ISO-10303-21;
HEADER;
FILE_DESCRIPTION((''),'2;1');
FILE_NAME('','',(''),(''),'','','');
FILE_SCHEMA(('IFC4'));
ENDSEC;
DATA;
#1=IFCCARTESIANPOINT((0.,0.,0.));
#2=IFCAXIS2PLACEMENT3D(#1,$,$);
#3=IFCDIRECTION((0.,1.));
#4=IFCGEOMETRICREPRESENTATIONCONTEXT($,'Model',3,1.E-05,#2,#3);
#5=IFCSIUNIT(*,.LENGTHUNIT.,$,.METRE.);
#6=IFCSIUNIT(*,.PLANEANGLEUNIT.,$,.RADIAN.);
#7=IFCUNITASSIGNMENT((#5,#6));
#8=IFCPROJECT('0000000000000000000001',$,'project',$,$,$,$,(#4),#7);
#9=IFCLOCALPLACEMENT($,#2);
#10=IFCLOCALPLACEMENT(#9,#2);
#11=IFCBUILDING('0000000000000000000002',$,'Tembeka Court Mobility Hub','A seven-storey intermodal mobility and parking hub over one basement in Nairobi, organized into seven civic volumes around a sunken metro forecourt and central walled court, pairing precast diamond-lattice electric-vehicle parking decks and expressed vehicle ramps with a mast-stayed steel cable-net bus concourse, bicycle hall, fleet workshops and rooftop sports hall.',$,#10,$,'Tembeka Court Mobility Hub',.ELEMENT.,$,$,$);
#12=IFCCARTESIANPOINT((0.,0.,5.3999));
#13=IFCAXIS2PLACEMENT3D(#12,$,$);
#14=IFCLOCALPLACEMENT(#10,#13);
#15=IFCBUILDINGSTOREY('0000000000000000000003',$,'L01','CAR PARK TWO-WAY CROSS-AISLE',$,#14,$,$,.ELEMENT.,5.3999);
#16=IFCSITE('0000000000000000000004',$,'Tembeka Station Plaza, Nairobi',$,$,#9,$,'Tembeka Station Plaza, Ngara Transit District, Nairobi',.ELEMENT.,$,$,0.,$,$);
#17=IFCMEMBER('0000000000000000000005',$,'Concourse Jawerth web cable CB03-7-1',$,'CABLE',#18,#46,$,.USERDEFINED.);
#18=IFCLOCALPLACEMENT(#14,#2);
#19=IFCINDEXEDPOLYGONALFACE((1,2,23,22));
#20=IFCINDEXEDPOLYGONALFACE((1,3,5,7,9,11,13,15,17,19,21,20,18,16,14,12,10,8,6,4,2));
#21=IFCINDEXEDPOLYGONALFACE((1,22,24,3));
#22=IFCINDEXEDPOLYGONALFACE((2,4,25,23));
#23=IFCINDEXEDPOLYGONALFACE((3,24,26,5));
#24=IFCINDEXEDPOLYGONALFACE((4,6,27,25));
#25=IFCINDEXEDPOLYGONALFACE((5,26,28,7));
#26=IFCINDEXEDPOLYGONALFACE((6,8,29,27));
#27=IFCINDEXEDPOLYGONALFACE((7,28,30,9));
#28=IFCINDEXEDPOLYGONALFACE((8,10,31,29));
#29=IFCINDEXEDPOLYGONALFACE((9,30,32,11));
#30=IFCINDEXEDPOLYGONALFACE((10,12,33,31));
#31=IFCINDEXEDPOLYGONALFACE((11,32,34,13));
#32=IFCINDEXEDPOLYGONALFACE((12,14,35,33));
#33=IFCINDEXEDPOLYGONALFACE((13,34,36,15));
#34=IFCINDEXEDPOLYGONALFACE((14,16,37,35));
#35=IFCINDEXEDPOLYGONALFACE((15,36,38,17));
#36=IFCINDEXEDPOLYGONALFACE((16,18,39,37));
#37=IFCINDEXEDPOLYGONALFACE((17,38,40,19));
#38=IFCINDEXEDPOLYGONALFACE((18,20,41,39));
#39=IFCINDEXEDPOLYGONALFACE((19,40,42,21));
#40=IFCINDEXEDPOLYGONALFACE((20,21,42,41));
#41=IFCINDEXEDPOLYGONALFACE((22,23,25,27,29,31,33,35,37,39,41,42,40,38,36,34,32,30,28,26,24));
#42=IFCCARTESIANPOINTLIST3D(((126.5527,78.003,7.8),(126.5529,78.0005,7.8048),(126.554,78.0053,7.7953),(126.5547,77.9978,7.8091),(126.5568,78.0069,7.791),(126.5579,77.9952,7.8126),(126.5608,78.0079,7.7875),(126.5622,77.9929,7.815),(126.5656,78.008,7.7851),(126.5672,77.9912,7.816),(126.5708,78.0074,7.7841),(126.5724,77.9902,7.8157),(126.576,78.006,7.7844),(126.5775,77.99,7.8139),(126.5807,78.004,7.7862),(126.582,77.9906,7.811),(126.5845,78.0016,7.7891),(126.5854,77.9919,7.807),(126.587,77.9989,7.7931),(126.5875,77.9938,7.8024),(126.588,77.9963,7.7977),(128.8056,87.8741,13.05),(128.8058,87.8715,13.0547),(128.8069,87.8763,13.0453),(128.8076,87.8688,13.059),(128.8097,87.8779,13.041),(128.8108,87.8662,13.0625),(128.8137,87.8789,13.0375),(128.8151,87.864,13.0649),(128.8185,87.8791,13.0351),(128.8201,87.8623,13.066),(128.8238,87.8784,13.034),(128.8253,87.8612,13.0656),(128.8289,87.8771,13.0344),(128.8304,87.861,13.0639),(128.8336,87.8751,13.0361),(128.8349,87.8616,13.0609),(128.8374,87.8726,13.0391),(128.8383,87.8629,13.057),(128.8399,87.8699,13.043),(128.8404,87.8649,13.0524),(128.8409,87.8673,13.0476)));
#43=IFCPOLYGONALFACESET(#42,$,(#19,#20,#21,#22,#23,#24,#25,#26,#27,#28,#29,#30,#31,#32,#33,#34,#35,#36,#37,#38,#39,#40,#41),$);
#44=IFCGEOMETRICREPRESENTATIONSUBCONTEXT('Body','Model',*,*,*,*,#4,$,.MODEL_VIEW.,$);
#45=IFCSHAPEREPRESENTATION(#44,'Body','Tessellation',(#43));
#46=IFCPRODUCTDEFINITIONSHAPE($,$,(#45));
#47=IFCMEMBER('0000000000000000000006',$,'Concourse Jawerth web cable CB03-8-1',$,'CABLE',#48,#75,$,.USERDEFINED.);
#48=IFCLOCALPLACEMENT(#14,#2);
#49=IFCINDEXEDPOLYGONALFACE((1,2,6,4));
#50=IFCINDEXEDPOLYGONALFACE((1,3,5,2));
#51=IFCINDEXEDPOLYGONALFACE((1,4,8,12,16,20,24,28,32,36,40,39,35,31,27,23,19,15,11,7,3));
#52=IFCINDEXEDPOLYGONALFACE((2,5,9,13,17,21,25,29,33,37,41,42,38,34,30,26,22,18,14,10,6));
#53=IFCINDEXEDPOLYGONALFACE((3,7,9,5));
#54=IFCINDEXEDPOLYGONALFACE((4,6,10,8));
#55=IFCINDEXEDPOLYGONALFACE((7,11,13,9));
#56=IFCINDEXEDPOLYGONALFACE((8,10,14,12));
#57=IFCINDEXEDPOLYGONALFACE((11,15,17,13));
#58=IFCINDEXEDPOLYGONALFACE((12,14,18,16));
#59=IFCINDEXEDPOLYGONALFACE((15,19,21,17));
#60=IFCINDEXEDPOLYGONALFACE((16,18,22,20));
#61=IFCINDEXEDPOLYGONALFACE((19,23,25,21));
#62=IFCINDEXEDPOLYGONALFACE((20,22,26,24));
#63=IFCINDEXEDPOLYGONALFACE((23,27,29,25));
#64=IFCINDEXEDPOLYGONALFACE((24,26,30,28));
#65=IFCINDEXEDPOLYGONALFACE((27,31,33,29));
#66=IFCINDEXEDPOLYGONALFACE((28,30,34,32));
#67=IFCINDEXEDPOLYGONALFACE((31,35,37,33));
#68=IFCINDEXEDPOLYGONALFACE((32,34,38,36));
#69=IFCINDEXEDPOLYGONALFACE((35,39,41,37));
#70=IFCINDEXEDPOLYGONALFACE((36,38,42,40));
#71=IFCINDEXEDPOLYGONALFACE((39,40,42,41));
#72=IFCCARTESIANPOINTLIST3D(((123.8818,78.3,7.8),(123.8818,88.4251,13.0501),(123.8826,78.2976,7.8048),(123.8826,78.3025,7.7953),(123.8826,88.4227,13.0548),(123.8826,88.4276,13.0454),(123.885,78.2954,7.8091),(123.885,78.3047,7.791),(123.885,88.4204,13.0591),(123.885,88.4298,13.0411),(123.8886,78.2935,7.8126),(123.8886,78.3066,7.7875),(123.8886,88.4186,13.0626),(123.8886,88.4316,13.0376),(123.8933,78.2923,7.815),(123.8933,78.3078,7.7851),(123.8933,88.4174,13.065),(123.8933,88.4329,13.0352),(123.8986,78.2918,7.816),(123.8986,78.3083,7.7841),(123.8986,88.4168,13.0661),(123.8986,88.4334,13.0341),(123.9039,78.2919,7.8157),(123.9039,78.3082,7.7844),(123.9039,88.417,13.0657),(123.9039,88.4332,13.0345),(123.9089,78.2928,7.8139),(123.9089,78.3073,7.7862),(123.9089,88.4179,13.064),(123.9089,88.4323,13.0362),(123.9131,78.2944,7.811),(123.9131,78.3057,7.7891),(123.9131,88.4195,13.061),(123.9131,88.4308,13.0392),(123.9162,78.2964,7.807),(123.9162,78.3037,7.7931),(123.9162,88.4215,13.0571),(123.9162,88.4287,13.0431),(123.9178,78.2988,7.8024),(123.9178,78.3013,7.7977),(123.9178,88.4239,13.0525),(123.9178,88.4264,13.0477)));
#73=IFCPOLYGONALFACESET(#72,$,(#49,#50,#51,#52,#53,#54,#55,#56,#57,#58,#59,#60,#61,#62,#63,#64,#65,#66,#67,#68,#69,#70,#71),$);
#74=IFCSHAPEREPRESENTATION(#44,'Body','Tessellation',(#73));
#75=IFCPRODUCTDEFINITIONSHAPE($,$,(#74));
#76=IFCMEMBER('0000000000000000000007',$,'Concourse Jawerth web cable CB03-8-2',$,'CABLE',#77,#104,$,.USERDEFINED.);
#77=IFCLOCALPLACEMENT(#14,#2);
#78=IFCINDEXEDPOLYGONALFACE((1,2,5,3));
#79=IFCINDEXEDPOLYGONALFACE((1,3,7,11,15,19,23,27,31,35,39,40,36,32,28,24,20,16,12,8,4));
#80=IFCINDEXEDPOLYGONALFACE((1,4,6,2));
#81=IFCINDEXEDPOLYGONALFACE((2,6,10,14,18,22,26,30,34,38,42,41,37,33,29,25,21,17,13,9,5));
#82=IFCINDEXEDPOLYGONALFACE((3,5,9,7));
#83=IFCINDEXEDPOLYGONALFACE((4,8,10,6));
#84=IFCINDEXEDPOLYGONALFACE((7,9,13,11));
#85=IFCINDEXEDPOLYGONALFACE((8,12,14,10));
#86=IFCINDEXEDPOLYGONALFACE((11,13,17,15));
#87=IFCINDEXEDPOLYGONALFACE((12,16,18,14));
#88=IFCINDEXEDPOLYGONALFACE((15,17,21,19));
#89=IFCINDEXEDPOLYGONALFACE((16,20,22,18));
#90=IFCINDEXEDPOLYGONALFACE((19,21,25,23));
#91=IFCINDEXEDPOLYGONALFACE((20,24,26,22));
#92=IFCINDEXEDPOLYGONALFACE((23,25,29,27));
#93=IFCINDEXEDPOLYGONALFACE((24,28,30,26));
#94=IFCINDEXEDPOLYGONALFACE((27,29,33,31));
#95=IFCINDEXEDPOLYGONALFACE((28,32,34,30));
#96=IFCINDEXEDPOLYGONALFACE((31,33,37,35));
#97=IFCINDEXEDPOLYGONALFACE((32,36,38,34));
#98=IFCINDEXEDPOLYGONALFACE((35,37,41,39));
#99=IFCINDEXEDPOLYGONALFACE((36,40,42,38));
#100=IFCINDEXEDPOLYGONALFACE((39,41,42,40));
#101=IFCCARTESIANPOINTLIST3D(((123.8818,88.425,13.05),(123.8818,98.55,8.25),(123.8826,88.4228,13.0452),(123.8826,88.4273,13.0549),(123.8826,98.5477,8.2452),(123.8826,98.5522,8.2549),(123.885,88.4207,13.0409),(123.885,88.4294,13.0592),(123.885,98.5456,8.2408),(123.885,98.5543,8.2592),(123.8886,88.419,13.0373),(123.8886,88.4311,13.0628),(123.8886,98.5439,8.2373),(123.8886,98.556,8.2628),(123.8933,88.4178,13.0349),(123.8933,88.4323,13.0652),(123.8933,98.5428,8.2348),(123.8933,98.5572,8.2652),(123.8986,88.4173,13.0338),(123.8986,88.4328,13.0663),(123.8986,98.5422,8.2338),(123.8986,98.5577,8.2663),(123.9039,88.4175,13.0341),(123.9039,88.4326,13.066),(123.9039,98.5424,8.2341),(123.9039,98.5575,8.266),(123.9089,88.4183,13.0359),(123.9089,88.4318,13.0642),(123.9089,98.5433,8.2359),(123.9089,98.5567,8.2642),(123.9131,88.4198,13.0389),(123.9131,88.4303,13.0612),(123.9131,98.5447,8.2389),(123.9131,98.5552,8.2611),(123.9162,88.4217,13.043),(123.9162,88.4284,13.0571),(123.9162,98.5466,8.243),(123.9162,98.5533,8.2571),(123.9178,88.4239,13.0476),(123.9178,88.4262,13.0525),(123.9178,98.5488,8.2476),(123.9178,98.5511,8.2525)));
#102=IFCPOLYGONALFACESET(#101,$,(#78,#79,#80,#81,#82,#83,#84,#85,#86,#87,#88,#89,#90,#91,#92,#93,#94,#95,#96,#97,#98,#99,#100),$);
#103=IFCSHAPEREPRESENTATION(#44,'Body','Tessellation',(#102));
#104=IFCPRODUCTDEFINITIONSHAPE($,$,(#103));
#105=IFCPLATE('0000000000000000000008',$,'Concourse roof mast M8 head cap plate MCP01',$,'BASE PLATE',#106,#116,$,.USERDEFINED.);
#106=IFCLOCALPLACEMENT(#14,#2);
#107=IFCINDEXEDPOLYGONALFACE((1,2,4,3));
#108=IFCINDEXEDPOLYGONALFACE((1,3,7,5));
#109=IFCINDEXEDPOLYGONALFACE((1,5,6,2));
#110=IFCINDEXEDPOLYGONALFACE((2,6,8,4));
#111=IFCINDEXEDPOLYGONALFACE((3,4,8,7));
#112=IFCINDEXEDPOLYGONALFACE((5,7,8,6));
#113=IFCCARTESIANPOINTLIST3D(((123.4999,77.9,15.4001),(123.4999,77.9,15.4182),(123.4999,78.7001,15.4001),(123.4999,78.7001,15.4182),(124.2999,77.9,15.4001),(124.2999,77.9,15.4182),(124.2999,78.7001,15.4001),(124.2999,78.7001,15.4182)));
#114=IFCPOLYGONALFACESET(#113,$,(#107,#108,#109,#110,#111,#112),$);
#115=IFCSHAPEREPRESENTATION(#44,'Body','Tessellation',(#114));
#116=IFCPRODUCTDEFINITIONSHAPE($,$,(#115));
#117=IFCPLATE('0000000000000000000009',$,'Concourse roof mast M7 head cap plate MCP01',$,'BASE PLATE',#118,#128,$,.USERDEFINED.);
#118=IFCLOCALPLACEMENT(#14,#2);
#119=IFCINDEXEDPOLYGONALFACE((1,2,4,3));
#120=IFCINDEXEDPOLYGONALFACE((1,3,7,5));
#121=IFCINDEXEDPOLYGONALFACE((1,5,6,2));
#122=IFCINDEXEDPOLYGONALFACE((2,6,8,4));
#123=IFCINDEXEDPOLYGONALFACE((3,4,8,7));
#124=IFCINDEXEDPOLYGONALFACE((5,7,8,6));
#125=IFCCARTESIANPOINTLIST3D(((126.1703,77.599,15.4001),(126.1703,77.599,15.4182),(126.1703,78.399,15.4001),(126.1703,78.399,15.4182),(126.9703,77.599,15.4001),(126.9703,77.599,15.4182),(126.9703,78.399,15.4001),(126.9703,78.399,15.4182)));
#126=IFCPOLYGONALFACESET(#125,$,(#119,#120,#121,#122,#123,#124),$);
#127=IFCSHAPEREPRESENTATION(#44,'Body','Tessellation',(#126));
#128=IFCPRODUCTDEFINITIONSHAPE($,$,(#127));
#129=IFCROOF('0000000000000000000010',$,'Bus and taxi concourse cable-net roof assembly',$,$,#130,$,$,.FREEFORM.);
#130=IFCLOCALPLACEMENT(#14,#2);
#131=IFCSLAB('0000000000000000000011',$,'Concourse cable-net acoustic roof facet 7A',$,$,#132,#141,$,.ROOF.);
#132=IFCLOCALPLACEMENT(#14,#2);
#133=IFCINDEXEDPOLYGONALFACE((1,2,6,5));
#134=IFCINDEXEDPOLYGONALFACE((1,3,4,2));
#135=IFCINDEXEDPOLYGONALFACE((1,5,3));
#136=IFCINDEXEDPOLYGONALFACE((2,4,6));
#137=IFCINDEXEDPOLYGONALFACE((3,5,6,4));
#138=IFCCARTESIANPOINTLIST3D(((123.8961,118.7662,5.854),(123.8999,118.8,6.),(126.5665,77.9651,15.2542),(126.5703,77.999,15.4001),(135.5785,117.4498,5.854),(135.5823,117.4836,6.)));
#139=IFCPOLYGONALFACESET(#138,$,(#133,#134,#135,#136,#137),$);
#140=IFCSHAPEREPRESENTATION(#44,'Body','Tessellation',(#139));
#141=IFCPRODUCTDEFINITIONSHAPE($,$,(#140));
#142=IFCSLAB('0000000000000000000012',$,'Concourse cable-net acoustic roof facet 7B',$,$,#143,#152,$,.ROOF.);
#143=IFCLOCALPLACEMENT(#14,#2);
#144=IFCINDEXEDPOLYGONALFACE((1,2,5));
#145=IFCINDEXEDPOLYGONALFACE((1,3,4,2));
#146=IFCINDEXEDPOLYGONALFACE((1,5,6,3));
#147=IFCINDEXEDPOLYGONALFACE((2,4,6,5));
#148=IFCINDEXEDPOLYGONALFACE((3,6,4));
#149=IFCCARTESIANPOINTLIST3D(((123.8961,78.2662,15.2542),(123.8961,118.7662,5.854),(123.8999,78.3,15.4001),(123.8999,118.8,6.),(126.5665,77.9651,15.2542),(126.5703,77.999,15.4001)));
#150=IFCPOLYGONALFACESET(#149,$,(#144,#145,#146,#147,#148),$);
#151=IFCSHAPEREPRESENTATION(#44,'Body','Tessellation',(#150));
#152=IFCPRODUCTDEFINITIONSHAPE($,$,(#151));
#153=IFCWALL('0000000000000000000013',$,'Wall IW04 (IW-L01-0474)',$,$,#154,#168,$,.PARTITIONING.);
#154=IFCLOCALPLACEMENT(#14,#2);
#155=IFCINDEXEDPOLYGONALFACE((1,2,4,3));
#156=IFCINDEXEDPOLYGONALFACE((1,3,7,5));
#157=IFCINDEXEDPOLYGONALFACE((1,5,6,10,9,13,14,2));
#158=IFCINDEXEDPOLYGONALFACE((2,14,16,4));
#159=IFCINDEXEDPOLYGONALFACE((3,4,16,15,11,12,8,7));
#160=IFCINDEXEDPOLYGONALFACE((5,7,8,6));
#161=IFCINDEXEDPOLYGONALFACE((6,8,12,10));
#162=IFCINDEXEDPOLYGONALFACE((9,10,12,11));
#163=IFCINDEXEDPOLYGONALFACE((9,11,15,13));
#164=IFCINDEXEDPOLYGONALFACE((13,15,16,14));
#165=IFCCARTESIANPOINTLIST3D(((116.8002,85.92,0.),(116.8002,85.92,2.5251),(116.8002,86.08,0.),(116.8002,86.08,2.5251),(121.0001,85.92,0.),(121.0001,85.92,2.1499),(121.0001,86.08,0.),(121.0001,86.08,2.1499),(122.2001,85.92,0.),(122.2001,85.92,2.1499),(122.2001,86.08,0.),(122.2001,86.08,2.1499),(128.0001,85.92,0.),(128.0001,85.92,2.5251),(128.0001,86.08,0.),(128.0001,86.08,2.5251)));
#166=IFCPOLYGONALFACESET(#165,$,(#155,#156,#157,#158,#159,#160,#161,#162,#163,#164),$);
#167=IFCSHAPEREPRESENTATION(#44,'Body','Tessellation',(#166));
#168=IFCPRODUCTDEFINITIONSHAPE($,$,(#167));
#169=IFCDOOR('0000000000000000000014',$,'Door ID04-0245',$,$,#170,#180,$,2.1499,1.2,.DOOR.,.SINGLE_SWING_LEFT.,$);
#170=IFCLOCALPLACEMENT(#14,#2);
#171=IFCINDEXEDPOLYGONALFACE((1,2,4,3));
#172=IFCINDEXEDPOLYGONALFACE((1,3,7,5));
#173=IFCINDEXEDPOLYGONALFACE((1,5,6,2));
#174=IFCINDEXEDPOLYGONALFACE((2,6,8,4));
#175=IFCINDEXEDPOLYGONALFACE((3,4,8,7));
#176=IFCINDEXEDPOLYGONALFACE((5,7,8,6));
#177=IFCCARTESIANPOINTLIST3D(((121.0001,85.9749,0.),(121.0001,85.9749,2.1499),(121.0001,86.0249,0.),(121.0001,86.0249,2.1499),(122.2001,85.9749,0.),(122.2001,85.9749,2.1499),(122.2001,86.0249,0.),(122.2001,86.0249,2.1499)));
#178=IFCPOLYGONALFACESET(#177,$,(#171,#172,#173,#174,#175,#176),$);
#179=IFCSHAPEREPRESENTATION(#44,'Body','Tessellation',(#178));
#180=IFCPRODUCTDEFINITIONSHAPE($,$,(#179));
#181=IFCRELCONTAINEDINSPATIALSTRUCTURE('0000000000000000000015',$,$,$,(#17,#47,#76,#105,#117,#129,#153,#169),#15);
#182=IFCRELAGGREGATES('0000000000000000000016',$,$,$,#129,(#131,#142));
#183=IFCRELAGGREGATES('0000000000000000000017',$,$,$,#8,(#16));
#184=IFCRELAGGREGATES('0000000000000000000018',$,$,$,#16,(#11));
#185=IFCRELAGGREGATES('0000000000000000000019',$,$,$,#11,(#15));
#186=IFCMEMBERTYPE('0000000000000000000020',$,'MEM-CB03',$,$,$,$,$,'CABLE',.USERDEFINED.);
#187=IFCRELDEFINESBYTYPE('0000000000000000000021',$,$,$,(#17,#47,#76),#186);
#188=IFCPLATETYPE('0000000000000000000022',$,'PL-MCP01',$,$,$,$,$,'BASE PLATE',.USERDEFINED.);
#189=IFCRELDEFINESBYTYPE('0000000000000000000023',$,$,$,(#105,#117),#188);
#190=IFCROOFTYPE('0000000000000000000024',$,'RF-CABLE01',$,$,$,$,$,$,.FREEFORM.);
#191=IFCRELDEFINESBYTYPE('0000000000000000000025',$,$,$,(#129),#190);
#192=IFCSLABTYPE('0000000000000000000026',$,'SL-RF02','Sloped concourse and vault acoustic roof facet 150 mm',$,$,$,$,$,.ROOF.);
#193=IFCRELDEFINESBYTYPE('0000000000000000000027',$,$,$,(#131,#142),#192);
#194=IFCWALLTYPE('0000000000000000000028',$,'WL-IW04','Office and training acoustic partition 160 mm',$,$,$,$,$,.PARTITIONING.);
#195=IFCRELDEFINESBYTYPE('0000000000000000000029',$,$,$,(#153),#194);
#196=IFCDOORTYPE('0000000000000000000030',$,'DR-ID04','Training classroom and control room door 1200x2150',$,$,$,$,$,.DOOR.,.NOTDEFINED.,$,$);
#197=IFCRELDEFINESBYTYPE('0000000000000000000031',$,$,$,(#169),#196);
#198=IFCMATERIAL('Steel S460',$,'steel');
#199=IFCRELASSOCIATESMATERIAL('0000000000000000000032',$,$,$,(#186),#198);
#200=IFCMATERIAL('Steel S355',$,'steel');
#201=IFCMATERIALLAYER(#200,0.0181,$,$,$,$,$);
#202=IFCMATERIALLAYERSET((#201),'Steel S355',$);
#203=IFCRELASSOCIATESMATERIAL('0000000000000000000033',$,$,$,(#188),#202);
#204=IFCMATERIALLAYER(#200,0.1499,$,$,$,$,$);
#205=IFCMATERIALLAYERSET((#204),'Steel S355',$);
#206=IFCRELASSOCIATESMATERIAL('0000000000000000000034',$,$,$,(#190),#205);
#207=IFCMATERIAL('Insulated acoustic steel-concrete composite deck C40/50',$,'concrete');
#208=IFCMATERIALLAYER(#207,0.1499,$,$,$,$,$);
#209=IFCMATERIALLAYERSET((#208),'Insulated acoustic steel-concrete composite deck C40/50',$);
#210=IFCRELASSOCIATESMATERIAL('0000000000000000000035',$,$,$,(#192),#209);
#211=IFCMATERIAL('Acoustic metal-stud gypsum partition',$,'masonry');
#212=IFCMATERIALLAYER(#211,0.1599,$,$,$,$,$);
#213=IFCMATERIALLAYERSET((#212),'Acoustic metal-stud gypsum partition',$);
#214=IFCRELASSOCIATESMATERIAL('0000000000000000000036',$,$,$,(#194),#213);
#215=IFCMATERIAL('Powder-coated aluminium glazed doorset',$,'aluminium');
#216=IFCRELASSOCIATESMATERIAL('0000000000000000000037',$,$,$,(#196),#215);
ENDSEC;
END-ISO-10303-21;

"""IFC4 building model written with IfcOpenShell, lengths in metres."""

from ifc_helpers import new_model, si_unit, direction, frame, frame_2d, origin, origin_2d, place, context, subcontext, project, spatial, polyline, rectangle, circle, outline, extrude, material, layer, layer_set, material_profile, profile_set, type_object, element, fill, aggregate, save


model = new_model("IFC4")

# Units and contexts
model_context = context("Model", 3, precision=1e-05, world=origin(), true_north=direction((0.0, 1.0)))
body_context = subcontext(model_context, "Body", "Model", "MODEL_VIEW")
ifc_project = project(units=[si_unit("LENGTHUNIT", "METRE"), si_unit("PLANEANGLEUNIT", "RADIAN")], contexts=[model_context])

# Site, building, storey
site_placement = place(None, origin())
site = spatial("IfcSite", under=ifc_project, at=site_placement, Name="Tembeka Station Plaza, Nairobi", LongName="Tembeka Station Plaza, Ngara Transit District, Nairobi", CompositionType="ELEMENT", RefElevation=0.0)
building_placement = place(site_placement, origin())
building = spatial("IfcBuilding", under=site, at=building_placement, Name="Tembeka Court Mobility Hub", Description="A seven-storey intermodal mobility and parking hub over one basement in Nairobi, organized into seven civic volumes around a sunken metro forecourt and central walled court, pairing precast diamond-lattice electric-vehicle parking decks and expressed vehicle ramps with a mast-stayed steel cable-net bus concourse, bicycle hall, fleet workshops and rooftop sports hall.", LongName="Tembeka Court Mobility Hub", CompositionType="ELEMENT")
storey_placement = place(building_placement, frame((0.0, 0.0, 5.3999)))
storey = spatial("IfcBuildingStorey", under=building, at=storey_placement, Name="L01", Description="CAR PARK TWO-WAY CROSS-AISLE", CompositionType="ELEMENT", Elevation=5.3999)

# Shared definitions
ifc_material_1 = material(Name="Steel S355", Category="steel")

# Members
ifc_material_2 = material(Name="Steel S460", Category="steel")
ifc_material_profile_1 = material_profile(ifc_material_2, circle(Radius=0.0181, at=origin_2d()), Name="CABLE D36")
ifc_profile_set_1 = profile_set([ifc_material_profile_1], Name="Steel S460")
member_type_1 = type_object("IfcMemberType", Name="MEM-CB03", ElementType="CABLE", PredefinedType="USERDEFINED", material=ifc_profile_set_1)
member_1_placement = place(storey_placement, frame((126.5703, 77.999, 7.8), z_axis=(0.197537, 0.865497, 0.46032), x_axis=(-0.97493, 0.222513, 0.0)))
element("IfcMember", 1, at=member_1_placement, inside=storey, type_object=member_type_1, Name="Concourse Jawerth web cable CB03-7-1", ObjectType="CABLE", PredefinedType="USERDEFINED", context=body_context, shape_type="SweptSolid", body=[
    extrude(circle(Radius=0.0181, at=origin_2d()), origin(), (0.0, 0.0, 1.0), 11.405),
])
member_2_placement = place(storey_placement, frame((123.8999, 78.3, 7.8), z_axis=(0.0, 0.887755, 0.460317), x_axis=(-1.0, 0.0, 0.0)))
element("IfcMember", 2, at=member_2_placement, inside=storey, type_object=member_type_1, Name="Concourse Jawerth web cable CB03-8-1", ObjectType="CABLE", PredefinedType="USERDEFINED", context=body_context, shape_type="SweptSolid", body=[
    extrude(circle(Radius=0.0181, at=origin_2d()), origin(), (0.0, 0.0, 1.0), 11.4053),
])
member_3_placement = place(storey_placement, frame((123.8999, 88.425, 13.05), z_axis=(0.0, 0.9036, -0.428378), x_axis=(-1.0, 0.0, 0.0)))
element("IfcMember", 3, at=member_3_placement, inside=storey, type_object=member_type_1, Name="Concourse Jawerth web cable CB03-8-2", ObjectType="CABLE", PredefinedType="USERDEFINED", context=body_context, shape_type="SweptSolid", body=[
    extrude(circle(Radius=0.0181, at=origin_2d()), origin(), (0.0, 0.0, 1.0), 11.2051),
])

# Plates
ifc_layer_1 = layer(ifc_material_1, 0.0181)
ifc_layer_set_1 = layer_set([ifc_layer_1], Name="Steel S355")
plate_type = type_object("IfcPlateType", Name="PL-MCP01", ElementType="BASE PLATE", PredefinedType="USERDEFINED", material=ifc_layer_set_1)
for number, where, z_axis, x_axis, name in (
    (4, (123.8999, 78.3, 15.4001), (0.0, 0.0, 1.0), (1.0, 0.0, 0.0), "Concourse roof mast M8 head cap plate MCP01"),
    (5, (126.5703, 77.999, 15.4001), (0.0, 0.0, 1.0), (1.0, 0.0, 0.0), "Concourse roof mast M7 head cap plate MCP01"),
):
    element("IfcPlate", number, at=place(storey_placement, frame(where, z_axis=z_axis, x_axis=x_axis)), inside=storey, type_object=plate_type, Name=name, ObjectType="BASE PLATE", PredefinedType="USERDEFINED", context=body_context, shape_type="SweptSolid", body=[
        extrude(rectangle(XDim=0.8, YDim=0.8, at=origin_2d()), origin(), (0.0, 0.0, 1.0), 0.0181),
    ])

# Roof, slabs
ifc_layer_2 = layer(ifc_material_1, 0.1499)
ifc_layer_set_2 = layer_set([ifc_layer_2], Name="Steel S355")
roof_type = type_object("IfcRoofType", Name="RF-CABLE01", PredefinedType="FREEFORM", material=ifc_layer_set_2)
roof_placement = place(storey_placement, origin())
roof = element("IfcRoof", 6, at=roof_placement, inside=storey, type_object=roof_type, Name="Bus and taxi concourse cable-net roof assembly", PredefinedType="FREEFORM")
ifc_material_3 = material(Name="Insulated acoustic steel-concrete composite deck C40/50", Category="concrete")
ifc_layer_3 = layer(ifc_material_3, 0.1499)
ifc_layer_set_3 = layer_set([ifc_layer_3], Name="Insulated acoustic steel-concrete composite deck C40/50")
slab_type = type_object("IfcSlabType", Name="SL-RF02", Description="Sloped concourse and vault acoustic roof facet 150 mm", PredefinedType="ROOF", material=ifc_layer_set_3)
slab_1_placement = place(storey_placement, frame((126.5703, 77.999, 15.4001), z_axis=(0.025468, 0.226018, 0.97379), x_axis=(0.216756, 0.949684, -0.226092)))
slab_1 = element("IfcSlab", 7, at=slab_1_placement, type_object=slab_type, Name="Concourse cable-net acoustic roof facet 7A", PredefinedType="ROOF", context=body_context, shape_type="SweptSolid", body=[
    extrude(outline(polyline([(0.0, 0.0), (41.5766, 0.0), (40.2945, 11.6862), (0.0, 0.0)])), origin(), (0.0, 0.0, -1.0), 0.1499),
])
slab_2_placement = place(storey_placement, frame((126.5703, 77.999, 15.4001), z_axis=(0.025478, 0.226019, 0.97379), x_axis=(-0.063649, 0.972496, -0.224053)))
slab_2 = element("IfcSlab", 8, at=slab_2_placement, type_object=slab_type, Name="Concourse cable-net acoustic roof facet 7B", PredefinedType="ROOF", context=body_context, shape_type="SweptSolid", body=[
    extrude(outline(polyline([(0.0, 0.0), (41.9549, 0.0), (0.4627, 2.6472), (0.0, 0.0)])), origin(), (0.0, 0.0, -1.0), 0.1499),
])
aggregate(roof, [slab_1, slab_2])

# Wall, opening, door
ifc_material_4 = material(Name="Acoustic metal-stud gypsum partition", Category="masonry")
ifc_layer_4 = layer(ifc_material_4, 0.1599)
ifc_layer_set_4 = layer_set([ifc_layer_4], Name="Acoustic metal-stud gypsum partition")
wall_type = type_object("IfcWallType", Name="WL-IW04", Description="Office and training acoustic partition 160 mm", PredefinedType="PARTITIONING", material=ifc_layer_set_4)
wall_placement = place(storey_placement, frame((116.8, 86.0, 0.0), z_axis=(0.0, 0.0, 1.0), x_axis=(1.0, 0.0, 0.0)))
wall = element("IfcWall", 9, at=wall_placement, inside=storey, type_object=wall_type, Name="Wall IW04 (IW-L01-0474)", PredefinedType="PARTITIONING", context=body_context, shape_type="SweptSolid", body=[
    extrude(rectangle(XDim=11.2, YDim=0.1599, at=frame_2d((5.6001, 0.0))), origin(), (0.0, 0.0, 1.0), 2.5251),
])
opening_placement = place(wall_placement, frame((4.2, 0.0, 0.0)))
opening = element("IfcOpeningElement", 10, at=opening_placement, cuts=wall, PredefinedType="OPENING", context=body_context, shape_type="SweptSolid", body=[
    extrude(rectangle(XDim=1.2, YDim=2.1499, at=frame_2d((0.6001, 1.075))), frame((0.0, 0.0898, 0.0), z_axis=(0.0, -1.0, 0.0), x_axis=(1.0, 0.0, 0.0)), (0.0, 0.0, 1.0), 0.1799),
])
ifc_material_5 = material(Name="Powder-coated aluminium glazed doorset", Category="aluminium")
door_type = type_object("IfcDoorType", Name="DR-ID04", Description="Training classroom and control room door 1200x2150", OperationType="NOTDEFINED", PredefinedType="DOOR", material=ifc_material_5)
door_placement = place(opening_placement, origin())
door = element("IfcDoor", 11, at=door_placement, inside=storey, type_object=door_type, Name="Door ID04-0245", OperationType="SINGLE_SWING_LEFT", OverallHeight=2.1499, OverallWidth=1.2, PredefinedType="DOOR", context=body_context, shape_type="SweptSolid", body=[
    extrude(rectangle(XDim=1.2, YDim=2.1499, at=frame_2d((0.6001, 1.075))), frame((0.0, 0.0249, 0.0), z_axis=(0.0, -1.0, 0.0), x_axis=(1.0, 0.0, 0.0)), (0.0, 0.0, 1.0), 0.05),
])
fill(opening, door)

save(model, "model.ifc")
